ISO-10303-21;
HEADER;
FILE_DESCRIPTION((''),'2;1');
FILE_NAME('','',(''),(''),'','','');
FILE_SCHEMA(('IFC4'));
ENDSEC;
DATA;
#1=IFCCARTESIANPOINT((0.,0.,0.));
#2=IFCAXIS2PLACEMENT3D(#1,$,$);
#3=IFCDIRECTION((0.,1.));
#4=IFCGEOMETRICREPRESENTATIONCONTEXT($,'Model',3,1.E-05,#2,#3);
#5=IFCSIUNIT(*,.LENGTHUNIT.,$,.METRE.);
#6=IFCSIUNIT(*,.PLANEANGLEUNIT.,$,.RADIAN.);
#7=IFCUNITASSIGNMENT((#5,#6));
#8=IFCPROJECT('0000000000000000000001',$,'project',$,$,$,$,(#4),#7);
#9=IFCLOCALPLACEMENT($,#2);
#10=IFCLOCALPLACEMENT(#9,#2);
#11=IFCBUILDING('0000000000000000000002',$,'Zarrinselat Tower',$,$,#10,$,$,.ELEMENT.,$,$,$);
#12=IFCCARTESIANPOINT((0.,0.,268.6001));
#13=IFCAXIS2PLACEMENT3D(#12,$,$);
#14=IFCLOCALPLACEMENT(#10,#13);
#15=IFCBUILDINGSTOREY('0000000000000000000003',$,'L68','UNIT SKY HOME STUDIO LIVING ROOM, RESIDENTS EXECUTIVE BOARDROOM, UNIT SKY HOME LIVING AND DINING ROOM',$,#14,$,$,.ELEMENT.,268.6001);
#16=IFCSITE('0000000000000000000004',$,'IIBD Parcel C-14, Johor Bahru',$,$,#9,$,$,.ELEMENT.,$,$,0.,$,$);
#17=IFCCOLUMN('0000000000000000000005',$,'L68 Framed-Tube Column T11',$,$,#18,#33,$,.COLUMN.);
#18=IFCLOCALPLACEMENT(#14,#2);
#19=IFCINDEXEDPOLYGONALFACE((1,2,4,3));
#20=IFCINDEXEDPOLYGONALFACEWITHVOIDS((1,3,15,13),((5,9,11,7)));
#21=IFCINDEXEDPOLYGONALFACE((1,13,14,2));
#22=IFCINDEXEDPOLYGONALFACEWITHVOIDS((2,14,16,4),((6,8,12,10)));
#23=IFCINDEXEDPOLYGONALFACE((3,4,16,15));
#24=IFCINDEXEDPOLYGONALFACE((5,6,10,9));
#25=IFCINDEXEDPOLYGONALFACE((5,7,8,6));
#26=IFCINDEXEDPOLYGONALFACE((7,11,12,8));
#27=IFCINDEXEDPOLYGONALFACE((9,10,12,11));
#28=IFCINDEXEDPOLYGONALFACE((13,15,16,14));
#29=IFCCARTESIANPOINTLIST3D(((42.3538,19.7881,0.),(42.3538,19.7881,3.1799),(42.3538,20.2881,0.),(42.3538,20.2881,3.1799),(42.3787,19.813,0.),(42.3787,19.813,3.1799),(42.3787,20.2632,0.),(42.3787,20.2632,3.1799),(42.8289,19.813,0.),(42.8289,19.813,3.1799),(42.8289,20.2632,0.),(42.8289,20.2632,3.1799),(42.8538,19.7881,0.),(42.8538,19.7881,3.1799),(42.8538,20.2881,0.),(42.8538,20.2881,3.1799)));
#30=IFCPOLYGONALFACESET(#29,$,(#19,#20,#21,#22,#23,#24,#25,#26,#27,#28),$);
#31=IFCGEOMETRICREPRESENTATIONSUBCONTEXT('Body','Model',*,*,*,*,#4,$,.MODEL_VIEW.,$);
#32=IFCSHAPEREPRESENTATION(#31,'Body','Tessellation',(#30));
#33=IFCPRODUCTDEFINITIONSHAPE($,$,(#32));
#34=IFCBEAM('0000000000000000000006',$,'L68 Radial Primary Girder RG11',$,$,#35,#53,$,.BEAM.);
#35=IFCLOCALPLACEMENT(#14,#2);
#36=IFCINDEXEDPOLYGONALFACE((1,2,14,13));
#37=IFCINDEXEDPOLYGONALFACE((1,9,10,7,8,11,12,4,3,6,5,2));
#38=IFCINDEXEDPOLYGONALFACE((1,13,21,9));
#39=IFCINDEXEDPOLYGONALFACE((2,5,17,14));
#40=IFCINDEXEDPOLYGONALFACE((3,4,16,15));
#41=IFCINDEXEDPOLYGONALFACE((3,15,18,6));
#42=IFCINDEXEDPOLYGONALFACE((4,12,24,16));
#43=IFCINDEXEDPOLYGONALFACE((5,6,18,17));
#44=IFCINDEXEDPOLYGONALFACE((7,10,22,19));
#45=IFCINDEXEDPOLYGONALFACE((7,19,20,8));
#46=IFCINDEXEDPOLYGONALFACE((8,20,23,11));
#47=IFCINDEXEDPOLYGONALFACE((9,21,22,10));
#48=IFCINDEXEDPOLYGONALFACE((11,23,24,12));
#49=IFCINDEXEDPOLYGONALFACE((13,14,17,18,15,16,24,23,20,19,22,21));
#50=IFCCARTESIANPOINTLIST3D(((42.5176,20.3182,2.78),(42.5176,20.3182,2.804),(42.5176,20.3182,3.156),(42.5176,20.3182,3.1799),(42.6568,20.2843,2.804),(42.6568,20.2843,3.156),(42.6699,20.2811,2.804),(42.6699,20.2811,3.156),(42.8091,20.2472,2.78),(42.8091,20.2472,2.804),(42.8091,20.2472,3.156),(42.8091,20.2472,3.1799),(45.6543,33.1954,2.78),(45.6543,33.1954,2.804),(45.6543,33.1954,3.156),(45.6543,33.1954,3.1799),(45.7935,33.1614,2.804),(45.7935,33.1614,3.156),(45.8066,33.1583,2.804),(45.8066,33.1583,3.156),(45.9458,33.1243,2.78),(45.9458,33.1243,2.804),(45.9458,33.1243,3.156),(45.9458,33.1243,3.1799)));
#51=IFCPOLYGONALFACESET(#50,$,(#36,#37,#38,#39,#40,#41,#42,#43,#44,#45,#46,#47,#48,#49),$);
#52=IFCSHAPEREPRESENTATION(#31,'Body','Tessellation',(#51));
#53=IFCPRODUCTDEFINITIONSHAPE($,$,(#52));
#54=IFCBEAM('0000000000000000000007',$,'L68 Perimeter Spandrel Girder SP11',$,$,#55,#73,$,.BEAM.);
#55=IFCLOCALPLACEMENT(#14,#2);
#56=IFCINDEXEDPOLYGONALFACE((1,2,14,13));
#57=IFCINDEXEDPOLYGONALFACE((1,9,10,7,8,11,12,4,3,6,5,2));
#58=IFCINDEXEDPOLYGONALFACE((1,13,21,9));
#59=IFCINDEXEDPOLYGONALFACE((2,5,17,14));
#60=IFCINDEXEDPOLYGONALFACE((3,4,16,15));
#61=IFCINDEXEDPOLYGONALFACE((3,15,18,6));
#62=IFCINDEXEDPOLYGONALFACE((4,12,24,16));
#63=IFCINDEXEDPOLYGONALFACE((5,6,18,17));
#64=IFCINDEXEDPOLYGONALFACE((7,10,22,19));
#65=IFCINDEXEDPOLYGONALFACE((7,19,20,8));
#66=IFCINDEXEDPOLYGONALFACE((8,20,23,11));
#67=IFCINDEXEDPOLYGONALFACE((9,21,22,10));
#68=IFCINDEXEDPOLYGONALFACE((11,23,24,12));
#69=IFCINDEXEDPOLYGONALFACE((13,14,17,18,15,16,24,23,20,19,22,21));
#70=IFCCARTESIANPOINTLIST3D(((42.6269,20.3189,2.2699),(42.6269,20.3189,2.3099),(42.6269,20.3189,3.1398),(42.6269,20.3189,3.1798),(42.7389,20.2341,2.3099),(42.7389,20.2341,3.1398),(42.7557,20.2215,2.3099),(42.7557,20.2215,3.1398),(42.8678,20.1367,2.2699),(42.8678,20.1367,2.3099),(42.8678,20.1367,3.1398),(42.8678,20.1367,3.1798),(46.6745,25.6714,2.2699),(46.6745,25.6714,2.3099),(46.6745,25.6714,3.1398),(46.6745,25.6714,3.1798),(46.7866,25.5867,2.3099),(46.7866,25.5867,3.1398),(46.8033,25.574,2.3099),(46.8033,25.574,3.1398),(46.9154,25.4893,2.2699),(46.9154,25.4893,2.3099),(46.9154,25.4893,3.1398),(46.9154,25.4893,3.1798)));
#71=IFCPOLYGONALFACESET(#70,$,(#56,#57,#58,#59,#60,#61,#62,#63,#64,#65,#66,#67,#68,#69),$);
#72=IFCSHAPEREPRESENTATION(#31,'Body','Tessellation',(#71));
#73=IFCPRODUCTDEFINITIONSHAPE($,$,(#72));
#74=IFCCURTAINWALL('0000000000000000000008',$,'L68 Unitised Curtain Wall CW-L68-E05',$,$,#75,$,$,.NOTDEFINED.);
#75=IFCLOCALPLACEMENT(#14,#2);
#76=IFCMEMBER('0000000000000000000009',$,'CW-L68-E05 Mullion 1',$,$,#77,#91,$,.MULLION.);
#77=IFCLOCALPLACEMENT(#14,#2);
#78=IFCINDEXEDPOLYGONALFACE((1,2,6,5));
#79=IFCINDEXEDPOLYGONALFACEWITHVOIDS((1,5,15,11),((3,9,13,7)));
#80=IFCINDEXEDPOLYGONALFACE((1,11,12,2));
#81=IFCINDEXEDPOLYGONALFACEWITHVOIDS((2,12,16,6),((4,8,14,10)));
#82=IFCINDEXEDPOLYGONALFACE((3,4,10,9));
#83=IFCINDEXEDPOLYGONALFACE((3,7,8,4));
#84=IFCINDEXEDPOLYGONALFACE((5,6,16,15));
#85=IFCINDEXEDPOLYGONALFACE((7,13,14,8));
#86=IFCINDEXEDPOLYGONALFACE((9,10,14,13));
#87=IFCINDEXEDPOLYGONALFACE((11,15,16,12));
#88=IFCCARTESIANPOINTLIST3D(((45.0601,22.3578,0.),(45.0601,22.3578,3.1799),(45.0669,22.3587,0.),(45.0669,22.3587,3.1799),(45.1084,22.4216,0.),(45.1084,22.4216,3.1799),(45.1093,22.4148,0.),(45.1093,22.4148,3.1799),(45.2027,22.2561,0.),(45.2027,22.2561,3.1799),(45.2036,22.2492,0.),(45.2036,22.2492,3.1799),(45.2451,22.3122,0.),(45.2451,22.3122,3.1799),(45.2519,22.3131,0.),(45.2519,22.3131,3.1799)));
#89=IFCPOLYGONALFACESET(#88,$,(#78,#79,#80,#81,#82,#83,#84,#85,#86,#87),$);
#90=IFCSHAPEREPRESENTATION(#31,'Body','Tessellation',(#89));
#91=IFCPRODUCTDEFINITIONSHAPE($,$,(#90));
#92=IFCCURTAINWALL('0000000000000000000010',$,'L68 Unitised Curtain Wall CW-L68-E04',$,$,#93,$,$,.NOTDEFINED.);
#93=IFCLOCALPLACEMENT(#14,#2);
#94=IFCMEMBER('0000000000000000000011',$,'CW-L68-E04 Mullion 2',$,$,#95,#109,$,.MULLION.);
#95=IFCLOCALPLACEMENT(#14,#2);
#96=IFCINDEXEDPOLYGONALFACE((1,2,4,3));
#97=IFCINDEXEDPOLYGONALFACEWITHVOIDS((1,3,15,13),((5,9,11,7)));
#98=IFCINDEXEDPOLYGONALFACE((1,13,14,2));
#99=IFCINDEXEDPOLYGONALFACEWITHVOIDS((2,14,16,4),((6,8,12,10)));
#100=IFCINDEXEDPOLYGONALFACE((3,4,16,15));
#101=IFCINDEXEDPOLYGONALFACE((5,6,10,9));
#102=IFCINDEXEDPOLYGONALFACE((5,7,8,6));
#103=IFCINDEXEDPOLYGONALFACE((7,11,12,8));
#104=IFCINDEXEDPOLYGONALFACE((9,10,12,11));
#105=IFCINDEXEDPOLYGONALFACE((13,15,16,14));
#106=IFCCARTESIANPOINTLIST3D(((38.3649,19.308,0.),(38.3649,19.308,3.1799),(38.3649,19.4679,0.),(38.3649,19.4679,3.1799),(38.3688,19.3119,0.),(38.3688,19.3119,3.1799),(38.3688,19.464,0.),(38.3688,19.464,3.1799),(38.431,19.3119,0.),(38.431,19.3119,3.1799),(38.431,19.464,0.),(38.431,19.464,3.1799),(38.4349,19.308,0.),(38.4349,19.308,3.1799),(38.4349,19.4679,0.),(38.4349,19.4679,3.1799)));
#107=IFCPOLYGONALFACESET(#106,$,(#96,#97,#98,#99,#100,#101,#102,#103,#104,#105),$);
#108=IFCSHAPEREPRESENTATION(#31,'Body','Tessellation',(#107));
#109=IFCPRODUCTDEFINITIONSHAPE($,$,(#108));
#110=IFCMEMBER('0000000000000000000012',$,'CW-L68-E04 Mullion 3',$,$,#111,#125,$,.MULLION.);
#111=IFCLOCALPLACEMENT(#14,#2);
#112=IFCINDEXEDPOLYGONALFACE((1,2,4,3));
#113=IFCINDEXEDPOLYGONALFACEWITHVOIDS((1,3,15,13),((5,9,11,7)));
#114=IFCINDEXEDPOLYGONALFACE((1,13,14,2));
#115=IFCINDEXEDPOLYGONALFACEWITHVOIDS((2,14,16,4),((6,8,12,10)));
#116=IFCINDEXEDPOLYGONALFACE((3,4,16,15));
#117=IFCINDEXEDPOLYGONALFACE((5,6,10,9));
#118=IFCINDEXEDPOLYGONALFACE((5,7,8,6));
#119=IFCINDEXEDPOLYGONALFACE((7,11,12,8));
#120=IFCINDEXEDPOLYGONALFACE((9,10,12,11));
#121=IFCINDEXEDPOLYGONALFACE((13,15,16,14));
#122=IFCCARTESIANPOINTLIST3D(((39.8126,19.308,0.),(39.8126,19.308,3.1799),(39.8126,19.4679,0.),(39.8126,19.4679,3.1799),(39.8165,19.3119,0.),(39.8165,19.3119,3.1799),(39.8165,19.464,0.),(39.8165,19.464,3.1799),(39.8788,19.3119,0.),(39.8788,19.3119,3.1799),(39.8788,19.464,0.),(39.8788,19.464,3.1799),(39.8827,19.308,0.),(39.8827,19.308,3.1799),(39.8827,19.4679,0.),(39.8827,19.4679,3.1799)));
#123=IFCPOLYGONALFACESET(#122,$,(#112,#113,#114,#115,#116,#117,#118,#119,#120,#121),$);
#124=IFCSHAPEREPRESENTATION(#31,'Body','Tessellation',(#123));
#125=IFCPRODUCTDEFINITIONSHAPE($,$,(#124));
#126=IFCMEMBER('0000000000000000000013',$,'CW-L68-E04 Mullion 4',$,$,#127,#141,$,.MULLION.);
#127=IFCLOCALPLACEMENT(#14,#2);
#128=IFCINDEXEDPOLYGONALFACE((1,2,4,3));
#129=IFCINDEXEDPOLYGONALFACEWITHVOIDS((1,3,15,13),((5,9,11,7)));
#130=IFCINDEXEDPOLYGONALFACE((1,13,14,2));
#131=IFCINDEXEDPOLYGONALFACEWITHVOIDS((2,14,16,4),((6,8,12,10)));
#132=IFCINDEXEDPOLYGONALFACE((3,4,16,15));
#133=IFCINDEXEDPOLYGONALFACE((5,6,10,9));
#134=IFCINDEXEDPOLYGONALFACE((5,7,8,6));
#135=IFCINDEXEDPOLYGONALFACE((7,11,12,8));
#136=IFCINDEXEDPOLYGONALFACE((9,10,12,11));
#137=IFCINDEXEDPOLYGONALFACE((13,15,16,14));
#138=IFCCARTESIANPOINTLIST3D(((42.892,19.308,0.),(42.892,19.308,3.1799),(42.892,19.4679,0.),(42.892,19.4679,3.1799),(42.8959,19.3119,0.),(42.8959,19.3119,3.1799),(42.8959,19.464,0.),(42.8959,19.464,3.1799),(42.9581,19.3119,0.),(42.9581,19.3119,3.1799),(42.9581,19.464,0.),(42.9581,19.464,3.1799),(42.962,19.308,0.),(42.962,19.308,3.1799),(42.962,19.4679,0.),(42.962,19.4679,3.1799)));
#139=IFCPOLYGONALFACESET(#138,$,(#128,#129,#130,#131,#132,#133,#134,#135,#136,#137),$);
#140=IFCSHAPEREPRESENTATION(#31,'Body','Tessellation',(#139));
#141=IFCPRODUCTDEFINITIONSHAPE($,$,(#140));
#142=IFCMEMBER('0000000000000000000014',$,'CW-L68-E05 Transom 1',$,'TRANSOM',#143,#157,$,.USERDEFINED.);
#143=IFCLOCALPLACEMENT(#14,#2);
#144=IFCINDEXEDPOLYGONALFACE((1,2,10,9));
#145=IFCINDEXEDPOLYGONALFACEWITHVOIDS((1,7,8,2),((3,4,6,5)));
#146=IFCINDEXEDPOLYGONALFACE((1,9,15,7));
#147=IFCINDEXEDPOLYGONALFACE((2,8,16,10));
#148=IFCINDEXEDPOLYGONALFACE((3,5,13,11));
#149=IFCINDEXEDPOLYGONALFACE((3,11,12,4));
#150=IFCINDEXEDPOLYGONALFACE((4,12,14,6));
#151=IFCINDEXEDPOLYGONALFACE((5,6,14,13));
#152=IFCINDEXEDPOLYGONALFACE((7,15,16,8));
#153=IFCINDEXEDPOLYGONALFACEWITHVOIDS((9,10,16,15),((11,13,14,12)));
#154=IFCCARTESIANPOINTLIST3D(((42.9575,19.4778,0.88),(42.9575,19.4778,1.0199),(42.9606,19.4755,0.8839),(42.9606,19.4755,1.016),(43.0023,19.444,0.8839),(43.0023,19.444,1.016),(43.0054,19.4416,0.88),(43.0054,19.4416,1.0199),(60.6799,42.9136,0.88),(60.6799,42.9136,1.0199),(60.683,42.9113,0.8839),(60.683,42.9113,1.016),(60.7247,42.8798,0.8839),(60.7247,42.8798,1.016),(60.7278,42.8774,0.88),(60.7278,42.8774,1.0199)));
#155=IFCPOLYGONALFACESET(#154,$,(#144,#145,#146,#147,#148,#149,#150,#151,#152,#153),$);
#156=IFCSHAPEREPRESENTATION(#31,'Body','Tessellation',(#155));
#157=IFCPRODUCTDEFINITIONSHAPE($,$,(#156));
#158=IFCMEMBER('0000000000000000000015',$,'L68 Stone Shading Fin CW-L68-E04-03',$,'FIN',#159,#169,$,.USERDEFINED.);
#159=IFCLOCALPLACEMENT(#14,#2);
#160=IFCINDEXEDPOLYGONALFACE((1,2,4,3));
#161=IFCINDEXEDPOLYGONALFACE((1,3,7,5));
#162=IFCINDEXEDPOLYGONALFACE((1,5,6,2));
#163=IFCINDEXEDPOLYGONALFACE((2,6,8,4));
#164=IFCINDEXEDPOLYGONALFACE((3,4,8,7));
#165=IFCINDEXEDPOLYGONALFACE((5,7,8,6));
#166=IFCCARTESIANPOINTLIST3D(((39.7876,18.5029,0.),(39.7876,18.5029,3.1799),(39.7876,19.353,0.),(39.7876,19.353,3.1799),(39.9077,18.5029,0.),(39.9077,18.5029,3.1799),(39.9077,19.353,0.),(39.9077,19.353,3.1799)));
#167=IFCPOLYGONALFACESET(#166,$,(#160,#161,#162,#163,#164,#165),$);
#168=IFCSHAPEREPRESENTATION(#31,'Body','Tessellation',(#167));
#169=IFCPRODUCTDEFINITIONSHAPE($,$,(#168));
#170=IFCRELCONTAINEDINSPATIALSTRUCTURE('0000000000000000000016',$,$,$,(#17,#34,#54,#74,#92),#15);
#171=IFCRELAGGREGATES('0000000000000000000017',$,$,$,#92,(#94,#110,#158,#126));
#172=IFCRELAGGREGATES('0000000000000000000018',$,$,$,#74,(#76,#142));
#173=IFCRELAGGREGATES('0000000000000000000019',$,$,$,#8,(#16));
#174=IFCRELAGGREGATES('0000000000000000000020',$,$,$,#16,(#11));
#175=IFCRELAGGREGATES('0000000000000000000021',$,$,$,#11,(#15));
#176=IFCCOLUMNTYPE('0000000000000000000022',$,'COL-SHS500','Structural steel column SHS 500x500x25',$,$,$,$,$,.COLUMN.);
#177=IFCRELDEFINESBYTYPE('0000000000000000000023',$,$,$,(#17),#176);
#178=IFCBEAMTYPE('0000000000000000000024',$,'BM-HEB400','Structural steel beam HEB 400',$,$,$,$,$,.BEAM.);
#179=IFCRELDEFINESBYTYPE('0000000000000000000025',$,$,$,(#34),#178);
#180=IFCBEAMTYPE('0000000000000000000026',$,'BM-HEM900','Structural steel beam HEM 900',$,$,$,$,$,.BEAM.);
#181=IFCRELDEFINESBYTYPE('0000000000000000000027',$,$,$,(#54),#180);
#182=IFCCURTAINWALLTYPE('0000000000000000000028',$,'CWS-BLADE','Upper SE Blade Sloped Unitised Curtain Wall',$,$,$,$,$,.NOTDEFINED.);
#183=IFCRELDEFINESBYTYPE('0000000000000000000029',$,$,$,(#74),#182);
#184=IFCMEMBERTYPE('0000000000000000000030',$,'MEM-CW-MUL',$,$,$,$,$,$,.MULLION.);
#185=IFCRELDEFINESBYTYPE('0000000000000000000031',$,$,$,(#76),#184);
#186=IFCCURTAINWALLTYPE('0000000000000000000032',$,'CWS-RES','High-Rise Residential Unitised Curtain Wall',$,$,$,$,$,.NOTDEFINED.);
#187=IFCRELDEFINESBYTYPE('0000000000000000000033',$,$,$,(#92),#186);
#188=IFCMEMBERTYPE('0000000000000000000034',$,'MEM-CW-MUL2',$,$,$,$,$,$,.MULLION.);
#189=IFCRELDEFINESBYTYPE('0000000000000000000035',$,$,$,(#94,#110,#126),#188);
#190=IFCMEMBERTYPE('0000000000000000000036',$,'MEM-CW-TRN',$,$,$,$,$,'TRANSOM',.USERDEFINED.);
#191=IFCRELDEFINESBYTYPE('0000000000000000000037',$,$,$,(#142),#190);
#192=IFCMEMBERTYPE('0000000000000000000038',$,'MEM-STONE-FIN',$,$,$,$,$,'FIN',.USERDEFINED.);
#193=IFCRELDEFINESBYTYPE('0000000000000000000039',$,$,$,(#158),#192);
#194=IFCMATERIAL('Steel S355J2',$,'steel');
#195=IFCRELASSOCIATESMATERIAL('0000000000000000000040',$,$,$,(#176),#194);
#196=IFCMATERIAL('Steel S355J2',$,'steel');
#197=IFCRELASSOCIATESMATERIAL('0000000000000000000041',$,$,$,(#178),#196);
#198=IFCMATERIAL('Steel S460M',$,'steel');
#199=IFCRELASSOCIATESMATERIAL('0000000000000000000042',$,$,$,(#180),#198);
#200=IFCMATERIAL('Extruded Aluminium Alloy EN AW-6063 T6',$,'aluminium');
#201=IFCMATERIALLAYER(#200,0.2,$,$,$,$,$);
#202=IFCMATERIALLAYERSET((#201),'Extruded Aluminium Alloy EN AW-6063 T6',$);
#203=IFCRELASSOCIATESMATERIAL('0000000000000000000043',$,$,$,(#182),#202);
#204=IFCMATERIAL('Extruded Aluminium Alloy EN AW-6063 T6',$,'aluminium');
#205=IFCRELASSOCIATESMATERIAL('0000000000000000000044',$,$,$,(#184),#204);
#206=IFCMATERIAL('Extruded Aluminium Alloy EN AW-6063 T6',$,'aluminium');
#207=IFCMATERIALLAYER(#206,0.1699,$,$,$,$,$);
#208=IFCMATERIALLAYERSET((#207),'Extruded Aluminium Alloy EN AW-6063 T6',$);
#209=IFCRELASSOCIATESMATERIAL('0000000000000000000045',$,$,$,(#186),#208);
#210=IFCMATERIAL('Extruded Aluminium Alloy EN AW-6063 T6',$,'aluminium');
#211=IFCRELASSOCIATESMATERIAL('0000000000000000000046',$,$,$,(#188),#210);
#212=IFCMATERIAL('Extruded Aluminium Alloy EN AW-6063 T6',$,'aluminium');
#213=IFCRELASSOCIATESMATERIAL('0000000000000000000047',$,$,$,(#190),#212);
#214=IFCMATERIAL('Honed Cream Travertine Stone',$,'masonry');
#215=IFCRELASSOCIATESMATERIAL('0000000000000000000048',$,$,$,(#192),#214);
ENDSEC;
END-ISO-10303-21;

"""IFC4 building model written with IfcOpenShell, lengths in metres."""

from ifc_helpers import new_model, si_unit, direction, frame, origin, origin_2d, place, context, subcontext, project, spatial, rectangle, hollow_rectangle, i_section, extrude, material, layer, layer_set, material_profile, profile_set, type_object, element, aggregate, save


model = new_model("IFC4")

# Units and contexts
model_context = context("Model", 3, precision=1e-05, world=origin(), true_north=direction((0.0, 1.0)))
body_context = subcontext(model_context, "Body", "Model", "MODEL_VIEW")
ifc_project = project(units=[si_unit("LENGTHUNIT", "METRE"), si_unit("PLANEANGLEUNIT", "RADIAN")], contexts=[model_context])

# Site, building, storey
site_placement = place(None, origin())
site = spatial("IfcSite", under=ifc_project, at=site_placement, Name="IIBD Parcel C-14, Johor Bahru", CompositionType="ELEMENT", RefElevation=0.0)
building_placement = place(site_placement, origin())
building = spatial("IfcBuilding", under=site, at=building_placement, Name="Zarrinselat Tower", CompositionType="ELEMENT")
storey_placement = place(building_placement, frame((0.0, 0.0, 268.6001)))
storey = spatial("IfcBuildingStorey", under=building, at=storey_placement, Name="L68", Description="UNIT SKY HOME STUDIO LIVING ROOM, RESIDENTS EXECUTIVE BOARDROOM, UNIT SKY HOME LIVING AND DINING ROOM", CompositionType="ELEMENT", Elevation=268.6001)

# Column
ifc_material_1 = material(Name="Steel S355J2", Category="steel")
ifc_material_profile_1 = material_profile(ifc_material_1, hollow_rectangle(XDim=0.5, YDim=0.5, WallThickness=0.0249, at=origin_2d()), Name="SHS 500x500x25")
ifc_profile_set_1 = profile_set([ifc_material_profile_1], Name="Steel S355J2")
column_type = type_object("IfcColumnType", Name="COL-SHS500", Description="Structural steel column SHS 500x500x25", PredefinedType="COLUMN", material=ifc_profile_set_1)
column_placement = place(storey_placement, frame((42.6038, 20.0381, 0.0), z_axis=(0.0, 0.0, 1.0), x_axis=(1.0, 0.0, 0.0)))
element("IfcColumn", 1, at=column_placement, inside=storey, type_object=column_type, Name="L68 Framed-Tube Column T11", PredefinedType="COLUMN", context=body_context, shape_type="SweptSolid", body=[
    extrude(hollow_rectangle(XDim=0.5, YDim=0.5, WallThickness=0.0249, at=origin_2d()), origin(), (0.0, 0.0, 1.0), 3.1799),
])

# Beams
ifc_material_2 = material(Name="Steel S355J2", Category="steel")
ifc_material_profile_2 = material_profile(ifc_material_2, i_section(OverallWidth=0.3, OverallDepth=0.3999, WebThickness=0.0134, FlangeThickness=0.0239, at=origin_2d()), Name="HEB 400")
ifc_profile_set_2 = profile_set([ifc_material_profile_2], Name="Steel S355J2")
beam_type_1 = type_object("IfcBeamType", Name="BM-HEB400", Description="Structural steel beam HEB 400", PredefinedType="BEAM", material=ifc_profile_set_2)
beam_1_placement = place(storey_placement, frame((42.6633, 20.2827, 2.98), z_axis=(0.236667, 0.971591, 0.0), x_axis=(-0.971591, 0.236667, 0.0)))
element("IfcBeam", 2, at=beam_1_placement, inside=storey, type_object=beam_type_1, Name="L68 Radial Primary Girder RG11", PredefinedType="BEAM", context=body_context, shape_type="SweptSolid", body=[
    extrude(i_section(OverallWidth=0.3, OverallDepth=0.3999, WebThickness=0.0134, FlangeThickness=0.0239, at=origin_2d()), origin(), (0.0, 0.0, 1.0), 13.2537),
])
ifc_material_3 = material(Name="Steel S460M", Category="steel")
ifc_material_profile_3 = material_profile(ifc_material_3, i_section(OverallWidth=0.302, OverallDepth=0.9099, WebThickness=0.021, FlangeThickness=0.04, at=origin_2d()), Name="HEM 900")
ifc_profile_set_3 = profile_set([ifc_material_profile_3], Name="Steel S460M")
beam_type_2 = type_object("IfcBeamType", Name="BM-HEM900", Description="Structural steel beam HEM 900", PredefinedType="BEAM", material=ifc_profile_set_3)
beam_2_placement = place(storey_placement, frame((42.7473, 20.2278, 2.7249), z_axis=(0.603162, 0.797619, 0.0), x_axis=(-0.797619, 0.603162, 0.0)))
element("IfcBeam", 3, at=beam_2_placement, inside=storey, type_object=beam_type_2, Name="L68 Perimeter Spandrel Girder SP11", PredefinedType="BEAM", context=body_context, shape_type="SweptSolid", body=[
    extrude(i_section(OverallWidth=0.302, OverallDepth=0.9099, WebThickness=0.021, FlangeThickness=0.04, at=origin_2d()), origin(), (0.0, 0.0, 1.0), 6.7107),
])

# Curtain wall, member
ifc_material_4 = material(Name="Extruded Aluminium Alloy EN AW-6063 T6", Category="aluminium")
ifc_layer_1 = layer(ifc_material_4, 0.2)
ifc_layer_set_1 = layer_set([ifc_layer_1], Name="Extruded Aluminium Alloy EN AW-6063 T6")
curtain_wall_type_1 = type_object("IfcCurtainWallType", Name="CWS-BLADE", Description="Upper SE Blade Sloped Unitised Curtain Wall", PredefinedType="NOTDEFINED", material=ifc_layer_set_1)
curtain_wall_1_placement = place(storey_placement, origin())
curtain_wall_1 = element("IfcCurtainWall", 4, at=curtain_wall_1_placement, inside=storey, type_object=curtain_wall_type_1, Name="L68 Unitised Curtain Wall CW-L68-E05", PredefinedType="NOTDEFINED")
ifc_material_5 = material(Name="Extruded Aluminium Alloy EN AW-6063 T6", Category="aluminium")
ifc_material_profile_4 = material_profile(ifc_material_5, hollow_rectangle(XDim=0.0801, YDim=0.1799, WallThickness=0.0049, at=origin_2d()), Name="RHS 180x80x5")
ifc_profile_set_4 = profile_set([ifc_material_profile_4], Name="Extruded Aluminium Alloy EN AW-6063 T6")
member_type_1 = type_object("IfcMemberType", Name="MEM-CW-MUL", PredefinedType="MULLION", material=ifc_profile_set_4)
member_1_placement = place(storey_placement, frame((45.156, 22.3354, 0.0), z_axis=(0.0, 0.0, 1.0), x_axis=(0.60317, 0.797613, 0.0)))
member_1 = element("IfcMember", 5, at=member_1_placement, type_object=member_type_1, Name="CW-L68-E05 Mullion 1", PredefinedType="MULLION", context=body_context, shape_type="SweptSolid", body=[
    extrude(hollow_rectangle(XDim=0.0801, YDim=0.1799, WallThickness=0.0049, at=origin_2d()), origin(), (0.0, 0.0, 1.0), 3.1799),
])

# Curtain wall, members
ifc_material_6 = material(Name="Extruded Aluminium Alloy EN AW-6063 T6", Category="aluminium")
ifc_layer_2 = layer(ifc_material_6, 0.1699)
ifc_layer_set_2 = layer_set([ifc_layer_2], Name="Extruded Aluminium Alloy EN AW-6063 T6")
curtain_wall_type_2 = type_object("IfcCurtainWallType", Name="CWS-RES", Description="High-Rise Residential Unitised Curtain Wall", PredefinedType="NOTDEFINED", material=ifc_layer_set_2)
curtain_wall_2_placement = place(storey_placement, origin())
curtain_wall_2 = element("IfcCurtainWall", 6, at=curtain_wall_2_placement, inside=storey, type_object=curtain_wall_type_2, Name="L68 Unitised Curtain Wall CW-L68-E04", PredefinedType="NOTDEFINED")
ifc_material_7 = material(Name="Extruded Aluminium Alloy EN AW-6063 T6", Category="aluminium")
ifc_material_profile_5 = material_profile(ifc_material_7, hollow_rectangle(XDim=0.0701, YDim=0.1599, WallThickness=0.0039, at=origin_2d()), Name="RHS 160x70x4")
ifc_profile_set_5 = profile_set([ifc_material_profile_5], Name="Extruded Aluminium Alloy EN AW-6063 T6")
member_type_2 = type_object("IfcMemberType", Name="MEM-CW-MUL2", PredefinedType="MULLION", material=ifc_profile_set_5)
member_2_placement = place(storey_placement, frame((38.3999, 19.3879, 0.0), z_axis=(0.0, 0.0, 1.0), x_axis=(1.0, 0.0, 0.0)))
member_2 = element("IfcMember", 7, at=member_2_placement, type_object=member_type_2, Name="CW-L68-E04 Mullion 2", PredefinedType="MULLION", context=body_context, shape_type="SweptSolid", body=[
    extrude(hollow_rectangle(XDim=0.0701, YDim=0.1599, WallThickness=0.0039, at=origin_2d()), origin(), (0.0, 0.0, 1.0), 3.1799),
])
member_3_placement = place(storey_placement, frame((39.8477, 19.3879, 0.0), z_axis=(0.0, 0.0, 1.0), x_axis=(1.0, 0.0, 0.0)))
member_3 = element("IfcMember", 8, at=member_3_placement, type_object=member_type_2, Name="CW-L68-E04 Mullion 3", PredefinedType="MULLION", context=body_context, shape_type="SweptSolid", body=[
    extrude(hollow_rectangle(XDim=0.0701, YDim=0.1599, WallThickness=0.0039, at=origin_2d()), origin(), (0.0, 0.0, 1.0), 3.1799),
])
member_4_placement = place(storey_placement, frame((42.927, 19.3879, 0.0), z_axis=(0.0, 0.0, 1.0), x_axis=(1.0, 0.0, 0.0)))
member_4 = element("IfcMember", 9, at=member_4_placement, type_object=member_type_2, Name="CW-L68-E04 Mullion 4", PredefinedType="MULLION", context=body_context, shape_type="SweptSolid", body=[
    extrude(hollow_rectangle(XDim=0.0701, YDim=0.1599, WallThickness=0.0039, at=origin_2d()), origin(), (0.0, 0.0, 1.0), 3.1799),
])

# Members
ifc_material_8 = material(Name="Extruded Aluminium Alloy EN AW-6063 T6", Category="aluminium")
ifc_material_profile_6 = material_profile(ifc_material_8, hollow_rectangle(XDim=0.0601, YDim=0.1399, WallThickness=0.0039, at=origin_2d()), Name="RHS 140x60x4")
ifc_profile_set_6 = profile_set([ifc_material_profile_6], Name="Extruded Aluminium Alloy EN AW-6063 T6")
member_type_3 = type_object("IfcMemberType", Name="MEM-CW-TRN", ElementType="TRANSOM", PredefinedType="USERDEFINED", material=ifc_profile_set_6)
member_5_placement = place(storey_placement, frame((42.9814, 19.4597, 0.95), z_axis=(0.603166, 0.797616, 0.0), x_axis=(-0.797616, 0.603166, 0.0)))
member_5 = element("IfcMember", 10, at=member_5_placement, type_object=member_type_3, Name="CW-L68-E05 Transom 1", ObjectType="TRANSOM", PredefinedType="USERDEFINED", context=body_context, shape_type="SweptSolid", body=[
    extrude(hollow_rectangle(XDim=0.0601, YDim=0.1399, WallThickness=0.0039, at=origin_2d()), origin(), (0.0, 0.0, 1.0), 29.3823),
])
ifc_material_9 = material(Name="Honed Cream Travertine Stone", Category="masonry")
ifc_material_profile_7 = material_profile(ifc_material_9, rectangle(XDim=0.1201, YDim=0.8501, at=origin_2d()), Name="FIN 850x120")
ifc_profile_set_7 = profile_set([ifc_material_profile_7], Name="Honed Cream Travertine Stone")
member_type_4 = type_object("IfcMemberType", Name="MEM-STONE-FIN", ElementType="FIN", PredefinedType="USERDEFINED", material=ifc_profile_set_7)
member_6_placement = place(storey_placement, frame((39.8477, 18.928, 0.0), z_axis=(0.0, 0.0, 1.0), x_axis=(-1.0, 0.0, 0.0)))
member_6 = element("IfcMember", 11, at=member_6_placement, type_object=member_type_4, Name="L68 Stone Shading Fin CW-L68-E04-03", ObjectType="FIN", PredefinedType="USERDEFINED", context=body_context, shape_type="SweptSolid", body=[
    extrude(rectangle(XDim=0.1201, YDim=0.8501, at=origin_2d()), origin(), (0.0, 0.0, 1.0), 3.1799),
])

aggregate(curtain_wall_2, [member_2, member_3, member_6, member_4])
aggregate(curtain_wall_1, [member_1, member_5])

save(model, "model.ifc")
